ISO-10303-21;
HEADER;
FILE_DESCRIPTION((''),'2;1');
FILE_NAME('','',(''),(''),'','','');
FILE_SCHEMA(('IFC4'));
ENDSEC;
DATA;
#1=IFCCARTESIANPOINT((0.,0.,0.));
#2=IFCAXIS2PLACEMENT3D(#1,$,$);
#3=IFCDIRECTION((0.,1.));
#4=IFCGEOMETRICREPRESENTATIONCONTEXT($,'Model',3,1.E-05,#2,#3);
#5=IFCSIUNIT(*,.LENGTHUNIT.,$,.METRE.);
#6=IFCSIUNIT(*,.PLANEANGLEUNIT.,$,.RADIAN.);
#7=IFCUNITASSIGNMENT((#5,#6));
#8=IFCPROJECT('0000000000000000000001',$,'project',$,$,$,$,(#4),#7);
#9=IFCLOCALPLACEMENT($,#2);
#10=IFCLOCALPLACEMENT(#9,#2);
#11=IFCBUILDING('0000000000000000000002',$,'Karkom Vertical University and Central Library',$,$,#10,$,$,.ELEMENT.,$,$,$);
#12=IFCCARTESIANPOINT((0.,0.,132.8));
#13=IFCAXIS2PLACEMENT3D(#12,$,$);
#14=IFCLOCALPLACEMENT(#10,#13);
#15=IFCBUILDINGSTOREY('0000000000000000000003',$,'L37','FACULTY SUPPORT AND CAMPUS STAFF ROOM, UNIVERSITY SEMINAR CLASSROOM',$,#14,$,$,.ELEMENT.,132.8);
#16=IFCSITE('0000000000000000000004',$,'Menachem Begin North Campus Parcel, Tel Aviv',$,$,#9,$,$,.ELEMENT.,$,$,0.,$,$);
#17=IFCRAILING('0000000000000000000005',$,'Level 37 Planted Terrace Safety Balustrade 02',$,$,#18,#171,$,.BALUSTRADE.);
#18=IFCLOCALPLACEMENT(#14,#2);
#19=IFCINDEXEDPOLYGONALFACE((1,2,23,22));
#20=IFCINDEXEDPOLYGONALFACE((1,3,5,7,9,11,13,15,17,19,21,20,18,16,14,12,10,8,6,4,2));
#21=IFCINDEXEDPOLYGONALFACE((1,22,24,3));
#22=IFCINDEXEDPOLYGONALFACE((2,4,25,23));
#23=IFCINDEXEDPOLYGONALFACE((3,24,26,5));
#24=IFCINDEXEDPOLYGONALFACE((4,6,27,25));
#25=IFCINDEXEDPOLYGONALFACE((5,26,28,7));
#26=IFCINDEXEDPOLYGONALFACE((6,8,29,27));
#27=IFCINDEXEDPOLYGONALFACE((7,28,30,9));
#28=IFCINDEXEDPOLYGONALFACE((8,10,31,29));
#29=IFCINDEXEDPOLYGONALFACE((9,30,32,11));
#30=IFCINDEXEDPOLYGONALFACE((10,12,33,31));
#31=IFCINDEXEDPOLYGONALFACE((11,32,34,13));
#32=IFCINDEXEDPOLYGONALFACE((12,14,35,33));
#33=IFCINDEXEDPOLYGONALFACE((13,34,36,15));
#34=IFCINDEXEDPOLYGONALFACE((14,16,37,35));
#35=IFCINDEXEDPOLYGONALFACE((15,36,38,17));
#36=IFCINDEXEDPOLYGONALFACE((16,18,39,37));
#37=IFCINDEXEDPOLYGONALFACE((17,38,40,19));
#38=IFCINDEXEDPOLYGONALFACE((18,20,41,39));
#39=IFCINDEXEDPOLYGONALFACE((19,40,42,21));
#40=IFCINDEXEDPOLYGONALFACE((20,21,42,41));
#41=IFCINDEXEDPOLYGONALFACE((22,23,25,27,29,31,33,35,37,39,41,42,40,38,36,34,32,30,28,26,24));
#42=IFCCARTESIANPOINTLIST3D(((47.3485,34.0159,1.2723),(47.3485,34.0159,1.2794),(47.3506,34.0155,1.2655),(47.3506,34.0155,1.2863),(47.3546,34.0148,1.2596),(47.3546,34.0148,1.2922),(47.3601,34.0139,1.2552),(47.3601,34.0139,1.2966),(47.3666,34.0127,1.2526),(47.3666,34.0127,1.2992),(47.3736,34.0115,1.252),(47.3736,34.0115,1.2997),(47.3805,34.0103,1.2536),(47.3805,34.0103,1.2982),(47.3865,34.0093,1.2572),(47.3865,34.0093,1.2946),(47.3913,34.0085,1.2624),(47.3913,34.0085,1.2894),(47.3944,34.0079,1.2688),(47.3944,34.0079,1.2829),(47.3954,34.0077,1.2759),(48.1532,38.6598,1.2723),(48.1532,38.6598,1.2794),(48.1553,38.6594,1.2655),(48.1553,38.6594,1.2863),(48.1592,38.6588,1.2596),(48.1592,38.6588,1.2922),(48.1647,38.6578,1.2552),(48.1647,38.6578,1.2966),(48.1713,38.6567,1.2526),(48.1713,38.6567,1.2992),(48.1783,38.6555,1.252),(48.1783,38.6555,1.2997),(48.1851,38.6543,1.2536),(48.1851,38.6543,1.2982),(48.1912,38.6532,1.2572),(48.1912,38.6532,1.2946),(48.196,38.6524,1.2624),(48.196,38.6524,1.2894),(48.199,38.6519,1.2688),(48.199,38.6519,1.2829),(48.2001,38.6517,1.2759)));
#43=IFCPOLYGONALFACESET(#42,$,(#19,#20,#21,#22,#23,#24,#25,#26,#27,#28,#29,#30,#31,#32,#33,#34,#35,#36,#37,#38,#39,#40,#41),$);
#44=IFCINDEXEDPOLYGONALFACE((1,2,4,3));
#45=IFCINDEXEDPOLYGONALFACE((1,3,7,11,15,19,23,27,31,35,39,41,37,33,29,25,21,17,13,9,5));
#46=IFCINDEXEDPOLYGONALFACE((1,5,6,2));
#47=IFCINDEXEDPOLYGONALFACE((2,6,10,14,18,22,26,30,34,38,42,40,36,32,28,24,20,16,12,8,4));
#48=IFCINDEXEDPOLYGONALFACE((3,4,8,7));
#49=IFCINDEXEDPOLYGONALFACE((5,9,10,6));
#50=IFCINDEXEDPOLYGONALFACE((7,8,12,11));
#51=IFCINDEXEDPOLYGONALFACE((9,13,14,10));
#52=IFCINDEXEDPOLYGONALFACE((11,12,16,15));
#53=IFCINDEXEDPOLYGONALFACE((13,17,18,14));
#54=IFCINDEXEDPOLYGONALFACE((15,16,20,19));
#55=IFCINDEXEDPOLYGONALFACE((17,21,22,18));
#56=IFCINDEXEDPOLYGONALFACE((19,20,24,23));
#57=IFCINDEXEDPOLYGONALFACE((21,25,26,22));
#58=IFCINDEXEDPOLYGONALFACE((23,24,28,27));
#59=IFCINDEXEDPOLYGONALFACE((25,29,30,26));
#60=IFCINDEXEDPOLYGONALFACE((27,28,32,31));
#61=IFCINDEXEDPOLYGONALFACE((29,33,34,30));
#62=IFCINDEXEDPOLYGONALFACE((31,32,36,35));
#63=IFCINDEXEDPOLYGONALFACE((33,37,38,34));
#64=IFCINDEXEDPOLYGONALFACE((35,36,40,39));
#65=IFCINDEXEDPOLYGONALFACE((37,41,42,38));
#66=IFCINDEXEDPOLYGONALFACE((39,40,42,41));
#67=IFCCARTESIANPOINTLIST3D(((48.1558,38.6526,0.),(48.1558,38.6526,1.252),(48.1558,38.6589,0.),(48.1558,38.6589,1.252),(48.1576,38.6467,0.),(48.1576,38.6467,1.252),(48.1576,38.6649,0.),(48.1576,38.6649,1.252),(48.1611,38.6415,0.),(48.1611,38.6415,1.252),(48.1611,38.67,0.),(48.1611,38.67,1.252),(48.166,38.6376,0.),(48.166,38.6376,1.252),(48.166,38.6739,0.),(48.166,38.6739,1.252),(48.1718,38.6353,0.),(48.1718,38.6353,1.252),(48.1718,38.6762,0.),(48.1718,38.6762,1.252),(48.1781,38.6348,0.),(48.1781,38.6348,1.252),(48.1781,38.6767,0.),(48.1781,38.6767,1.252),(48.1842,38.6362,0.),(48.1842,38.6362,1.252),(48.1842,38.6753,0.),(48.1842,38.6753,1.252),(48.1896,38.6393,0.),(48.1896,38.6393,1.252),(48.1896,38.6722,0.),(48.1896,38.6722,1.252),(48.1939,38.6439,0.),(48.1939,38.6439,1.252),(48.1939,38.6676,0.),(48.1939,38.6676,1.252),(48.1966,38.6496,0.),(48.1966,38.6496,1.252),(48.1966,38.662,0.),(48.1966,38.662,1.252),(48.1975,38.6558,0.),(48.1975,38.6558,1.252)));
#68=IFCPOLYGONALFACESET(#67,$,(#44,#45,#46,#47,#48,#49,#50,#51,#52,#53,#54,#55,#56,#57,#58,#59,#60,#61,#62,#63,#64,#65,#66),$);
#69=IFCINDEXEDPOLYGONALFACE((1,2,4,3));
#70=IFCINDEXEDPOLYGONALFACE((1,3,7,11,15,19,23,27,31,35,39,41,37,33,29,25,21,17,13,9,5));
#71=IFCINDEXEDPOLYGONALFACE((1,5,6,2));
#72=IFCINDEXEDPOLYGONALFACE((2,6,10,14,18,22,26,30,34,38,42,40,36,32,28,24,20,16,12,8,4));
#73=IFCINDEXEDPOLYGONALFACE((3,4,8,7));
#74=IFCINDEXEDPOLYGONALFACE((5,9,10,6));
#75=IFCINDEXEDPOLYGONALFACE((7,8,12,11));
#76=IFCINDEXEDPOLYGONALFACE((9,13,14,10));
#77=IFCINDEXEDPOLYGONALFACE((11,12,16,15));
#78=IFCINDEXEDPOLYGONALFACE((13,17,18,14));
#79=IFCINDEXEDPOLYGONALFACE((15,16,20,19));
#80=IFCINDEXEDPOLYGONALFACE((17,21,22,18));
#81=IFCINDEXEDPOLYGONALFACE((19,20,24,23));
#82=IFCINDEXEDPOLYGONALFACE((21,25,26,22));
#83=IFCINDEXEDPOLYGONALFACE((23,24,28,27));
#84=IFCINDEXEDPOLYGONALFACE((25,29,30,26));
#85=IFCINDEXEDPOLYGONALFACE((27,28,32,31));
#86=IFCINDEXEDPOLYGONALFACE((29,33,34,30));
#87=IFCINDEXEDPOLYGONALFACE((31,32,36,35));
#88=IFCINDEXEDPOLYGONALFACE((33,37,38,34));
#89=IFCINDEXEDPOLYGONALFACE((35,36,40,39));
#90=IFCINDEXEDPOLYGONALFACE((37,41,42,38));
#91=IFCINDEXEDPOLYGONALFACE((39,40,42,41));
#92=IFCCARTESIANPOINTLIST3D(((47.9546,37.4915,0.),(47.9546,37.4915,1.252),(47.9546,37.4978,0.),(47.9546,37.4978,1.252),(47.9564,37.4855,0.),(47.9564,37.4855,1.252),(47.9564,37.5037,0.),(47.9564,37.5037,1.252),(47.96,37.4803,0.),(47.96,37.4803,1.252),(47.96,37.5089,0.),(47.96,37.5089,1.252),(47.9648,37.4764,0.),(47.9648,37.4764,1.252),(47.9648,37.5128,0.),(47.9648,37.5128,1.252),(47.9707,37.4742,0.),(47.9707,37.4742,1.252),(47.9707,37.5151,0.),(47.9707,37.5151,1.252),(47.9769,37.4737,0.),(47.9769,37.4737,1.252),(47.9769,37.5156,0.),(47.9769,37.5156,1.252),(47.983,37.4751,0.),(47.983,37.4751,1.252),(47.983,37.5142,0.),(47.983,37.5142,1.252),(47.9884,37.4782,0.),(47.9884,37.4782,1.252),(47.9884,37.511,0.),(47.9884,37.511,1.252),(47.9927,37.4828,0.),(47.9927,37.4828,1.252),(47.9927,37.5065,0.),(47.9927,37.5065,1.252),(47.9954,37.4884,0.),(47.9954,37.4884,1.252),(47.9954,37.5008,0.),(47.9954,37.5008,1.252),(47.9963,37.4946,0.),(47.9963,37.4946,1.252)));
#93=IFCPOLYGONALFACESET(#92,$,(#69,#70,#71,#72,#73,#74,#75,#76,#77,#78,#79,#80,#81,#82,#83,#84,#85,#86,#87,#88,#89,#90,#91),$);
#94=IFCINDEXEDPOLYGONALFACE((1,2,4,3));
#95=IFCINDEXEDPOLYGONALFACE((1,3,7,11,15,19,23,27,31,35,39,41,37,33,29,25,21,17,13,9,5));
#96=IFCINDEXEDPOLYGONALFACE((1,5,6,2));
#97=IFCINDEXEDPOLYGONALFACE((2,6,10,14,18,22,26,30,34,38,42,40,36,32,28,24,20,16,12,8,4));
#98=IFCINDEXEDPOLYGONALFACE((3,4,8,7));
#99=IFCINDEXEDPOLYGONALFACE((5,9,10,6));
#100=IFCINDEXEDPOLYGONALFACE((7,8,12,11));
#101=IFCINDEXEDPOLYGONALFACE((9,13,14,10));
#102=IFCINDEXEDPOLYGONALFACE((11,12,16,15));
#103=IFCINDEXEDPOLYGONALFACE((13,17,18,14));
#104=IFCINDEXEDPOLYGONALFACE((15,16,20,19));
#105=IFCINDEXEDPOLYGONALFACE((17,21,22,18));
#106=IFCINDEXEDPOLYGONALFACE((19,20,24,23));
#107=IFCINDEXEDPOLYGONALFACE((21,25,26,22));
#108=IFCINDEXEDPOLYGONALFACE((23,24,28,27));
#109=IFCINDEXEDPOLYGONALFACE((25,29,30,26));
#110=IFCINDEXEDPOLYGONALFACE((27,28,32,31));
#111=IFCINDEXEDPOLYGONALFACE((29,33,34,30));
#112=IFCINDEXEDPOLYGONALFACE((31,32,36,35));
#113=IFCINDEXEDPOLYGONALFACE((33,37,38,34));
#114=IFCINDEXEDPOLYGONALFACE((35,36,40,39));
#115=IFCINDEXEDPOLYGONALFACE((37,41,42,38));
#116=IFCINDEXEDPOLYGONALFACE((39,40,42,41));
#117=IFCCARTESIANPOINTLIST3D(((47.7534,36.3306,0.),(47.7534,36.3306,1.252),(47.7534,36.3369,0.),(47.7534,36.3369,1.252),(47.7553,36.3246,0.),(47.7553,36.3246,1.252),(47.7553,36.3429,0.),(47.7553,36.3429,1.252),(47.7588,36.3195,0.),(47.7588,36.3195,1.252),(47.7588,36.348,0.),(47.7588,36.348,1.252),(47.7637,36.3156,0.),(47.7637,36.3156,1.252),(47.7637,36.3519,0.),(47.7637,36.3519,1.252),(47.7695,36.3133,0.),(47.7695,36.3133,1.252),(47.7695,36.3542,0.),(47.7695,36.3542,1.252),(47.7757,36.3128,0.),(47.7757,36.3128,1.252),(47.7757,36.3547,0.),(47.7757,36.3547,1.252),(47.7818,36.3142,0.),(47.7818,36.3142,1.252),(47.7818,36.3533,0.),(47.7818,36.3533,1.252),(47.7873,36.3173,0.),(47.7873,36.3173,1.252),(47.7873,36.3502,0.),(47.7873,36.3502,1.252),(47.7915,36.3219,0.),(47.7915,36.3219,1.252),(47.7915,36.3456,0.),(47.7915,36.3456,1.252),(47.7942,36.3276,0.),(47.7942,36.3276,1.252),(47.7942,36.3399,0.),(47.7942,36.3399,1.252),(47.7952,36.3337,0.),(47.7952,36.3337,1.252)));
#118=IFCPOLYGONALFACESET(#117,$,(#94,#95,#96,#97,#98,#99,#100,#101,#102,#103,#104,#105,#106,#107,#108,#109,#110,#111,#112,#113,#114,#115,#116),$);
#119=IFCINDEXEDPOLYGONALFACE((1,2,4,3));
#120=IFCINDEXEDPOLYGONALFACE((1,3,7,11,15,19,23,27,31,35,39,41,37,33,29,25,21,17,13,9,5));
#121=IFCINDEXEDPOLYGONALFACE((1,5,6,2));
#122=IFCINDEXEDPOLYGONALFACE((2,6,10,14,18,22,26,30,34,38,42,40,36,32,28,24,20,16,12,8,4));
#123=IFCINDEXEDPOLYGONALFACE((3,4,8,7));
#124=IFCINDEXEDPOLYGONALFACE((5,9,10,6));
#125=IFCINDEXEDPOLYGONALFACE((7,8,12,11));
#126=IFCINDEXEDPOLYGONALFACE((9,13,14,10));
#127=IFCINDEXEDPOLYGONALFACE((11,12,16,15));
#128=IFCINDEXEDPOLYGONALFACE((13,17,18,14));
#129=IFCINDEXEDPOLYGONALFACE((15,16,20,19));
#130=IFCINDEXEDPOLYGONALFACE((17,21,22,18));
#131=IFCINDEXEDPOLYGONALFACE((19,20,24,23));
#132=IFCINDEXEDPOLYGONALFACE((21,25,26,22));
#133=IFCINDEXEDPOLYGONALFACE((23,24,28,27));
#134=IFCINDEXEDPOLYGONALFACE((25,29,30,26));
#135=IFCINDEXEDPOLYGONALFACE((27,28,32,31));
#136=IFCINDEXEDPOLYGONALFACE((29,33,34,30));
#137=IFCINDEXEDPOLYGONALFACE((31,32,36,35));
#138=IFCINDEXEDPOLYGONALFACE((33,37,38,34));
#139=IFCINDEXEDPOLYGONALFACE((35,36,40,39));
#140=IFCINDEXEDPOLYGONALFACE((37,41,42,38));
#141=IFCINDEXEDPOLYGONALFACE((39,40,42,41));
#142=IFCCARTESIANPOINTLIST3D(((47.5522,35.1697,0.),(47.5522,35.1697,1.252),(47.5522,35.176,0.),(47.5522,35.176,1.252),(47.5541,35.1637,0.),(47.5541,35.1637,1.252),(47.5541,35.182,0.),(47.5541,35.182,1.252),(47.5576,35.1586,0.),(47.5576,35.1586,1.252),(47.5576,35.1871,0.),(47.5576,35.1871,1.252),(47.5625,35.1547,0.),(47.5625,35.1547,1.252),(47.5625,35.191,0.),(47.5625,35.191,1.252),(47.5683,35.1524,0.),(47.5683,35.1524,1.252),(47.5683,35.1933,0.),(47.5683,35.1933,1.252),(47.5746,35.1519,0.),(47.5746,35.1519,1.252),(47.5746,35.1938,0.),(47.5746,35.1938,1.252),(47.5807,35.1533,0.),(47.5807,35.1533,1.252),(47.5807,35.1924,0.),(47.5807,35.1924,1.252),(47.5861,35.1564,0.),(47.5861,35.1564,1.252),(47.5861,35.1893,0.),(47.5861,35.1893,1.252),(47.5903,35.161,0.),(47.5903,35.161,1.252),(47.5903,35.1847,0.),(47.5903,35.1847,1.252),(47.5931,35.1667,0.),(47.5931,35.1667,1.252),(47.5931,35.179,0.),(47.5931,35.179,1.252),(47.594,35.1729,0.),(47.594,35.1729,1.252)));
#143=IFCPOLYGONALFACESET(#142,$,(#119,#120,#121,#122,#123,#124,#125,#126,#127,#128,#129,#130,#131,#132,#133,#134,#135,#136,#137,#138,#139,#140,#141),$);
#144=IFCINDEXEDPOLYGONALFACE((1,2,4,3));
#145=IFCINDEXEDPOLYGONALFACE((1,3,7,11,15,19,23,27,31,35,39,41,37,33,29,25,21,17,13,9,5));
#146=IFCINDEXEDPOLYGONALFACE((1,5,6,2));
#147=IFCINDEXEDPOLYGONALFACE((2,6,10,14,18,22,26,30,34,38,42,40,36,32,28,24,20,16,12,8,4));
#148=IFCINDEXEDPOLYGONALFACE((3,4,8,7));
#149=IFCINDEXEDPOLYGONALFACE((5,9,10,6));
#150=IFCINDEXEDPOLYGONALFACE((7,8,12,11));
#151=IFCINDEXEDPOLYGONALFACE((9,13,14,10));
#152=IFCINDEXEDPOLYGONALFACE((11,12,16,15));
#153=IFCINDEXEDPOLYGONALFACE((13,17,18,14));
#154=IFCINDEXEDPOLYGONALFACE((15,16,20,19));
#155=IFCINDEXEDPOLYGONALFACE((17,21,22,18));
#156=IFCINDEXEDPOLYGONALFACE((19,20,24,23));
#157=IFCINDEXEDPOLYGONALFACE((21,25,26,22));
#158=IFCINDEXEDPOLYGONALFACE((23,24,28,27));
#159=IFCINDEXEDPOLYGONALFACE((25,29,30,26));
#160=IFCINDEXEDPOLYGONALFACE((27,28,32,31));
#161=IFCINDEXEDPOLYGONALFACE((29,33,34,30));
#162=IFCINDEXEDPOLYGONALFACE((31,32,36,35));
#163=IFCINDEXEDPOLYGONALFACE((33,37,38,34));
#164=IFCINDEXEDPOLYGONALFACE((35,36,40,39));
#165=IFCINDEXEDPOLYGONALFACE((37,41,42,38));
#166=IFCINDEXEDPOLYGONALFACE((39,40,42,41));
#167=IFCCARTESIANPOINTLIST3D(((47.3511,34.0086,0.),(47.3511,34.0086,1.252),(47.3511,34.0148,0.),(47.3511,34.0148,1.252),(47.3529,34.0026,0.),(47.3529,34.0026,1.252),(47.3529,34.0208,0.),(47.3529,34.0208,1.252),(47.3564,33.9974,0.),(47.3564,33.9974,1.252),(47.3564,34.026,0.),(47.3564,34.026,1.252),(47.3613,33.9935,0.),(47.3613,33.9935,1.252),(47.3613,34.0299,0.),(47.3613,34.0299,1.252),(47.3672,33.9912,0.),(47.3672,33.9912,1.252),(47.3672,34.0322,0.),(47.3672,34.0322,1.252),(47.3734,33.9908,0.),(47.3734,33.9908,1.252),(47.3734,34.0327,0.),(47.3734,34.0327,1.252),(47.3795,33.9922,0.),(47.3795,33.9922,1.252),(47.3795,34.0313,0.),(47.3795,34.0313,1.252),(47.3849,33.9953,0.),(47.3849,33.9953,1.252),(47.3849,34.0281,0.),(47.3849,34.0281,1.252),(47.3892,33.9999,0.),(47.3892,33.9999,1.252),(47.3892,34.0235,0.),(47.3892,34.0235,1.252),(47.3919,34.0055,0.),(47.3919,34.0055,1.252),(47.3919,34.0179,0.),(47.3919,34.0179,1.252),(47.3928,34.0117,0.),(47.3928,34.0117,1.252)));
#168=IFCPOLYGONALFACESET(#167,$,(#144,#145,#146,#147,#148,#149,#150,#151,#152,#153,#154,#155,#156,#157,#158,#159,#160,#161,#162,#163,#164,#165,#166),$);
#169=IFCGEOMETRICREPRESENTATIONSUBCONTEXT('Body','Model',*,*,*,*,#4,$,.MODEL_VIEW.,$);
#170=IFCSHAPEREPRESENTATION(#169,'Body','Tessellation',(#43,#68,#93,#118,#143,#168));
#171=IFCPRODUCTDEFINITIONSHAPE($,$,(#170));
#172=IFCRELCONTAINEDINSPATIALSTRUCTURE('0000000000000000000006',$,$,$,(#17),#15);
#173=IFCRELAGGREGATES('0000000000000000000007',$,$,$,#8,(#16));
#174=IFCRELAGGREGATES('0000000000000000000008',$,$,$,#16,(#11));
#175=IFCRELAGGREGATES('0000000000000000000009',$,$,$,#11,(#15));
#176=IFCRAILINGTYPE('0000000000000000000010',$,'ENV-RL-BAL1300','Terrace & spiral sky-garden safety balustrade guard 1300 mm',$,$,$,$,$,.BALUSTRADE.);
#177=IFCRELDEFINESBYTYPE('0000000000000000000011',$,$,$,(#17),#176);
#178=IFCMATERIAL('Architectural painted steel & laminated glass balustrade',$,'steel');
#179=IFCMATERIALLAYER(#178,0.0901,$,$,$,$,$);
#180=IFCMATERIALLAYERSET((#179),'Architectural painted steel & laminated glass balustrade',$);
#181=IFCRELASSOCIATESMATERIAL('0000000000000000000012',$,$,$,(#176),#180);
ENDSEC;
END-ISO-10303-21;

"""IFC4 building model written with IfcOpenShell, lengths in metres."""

from ifc_helpers import new_model, si_unit, direction, frame, origin, origin_2d, place, context, subcontext, project, spatial, circle, extrude, material, layer, layer_set, type_object, element, save


model = new_model("IFC4")

# Units and contexts
model_context = context("Model", 3, precision=1e-05, world=origin(), true_north=direction((0.0, 1.0)))
body_context = subcontext(model_context, "Body", "Model", "MODEL_VIEW")
ifc_project = project(units=[si_unit("LENGTHUNIT", "METRE"), si_unit("PLANEANGLEUNIT", "RADIAN")], contexts=[model_context])

# Site, building, storey
site_placement = place(None, origin())
site = spatial("IfcSite", under=ifc_project, at=site_placement, Name="Menachem Begin North Campus Parcel, Tel Aviv", CompositionType="ELEMENT", RefElevation=0.0)
building_placement = place(site_placement, origin())
building = spatial("IfcBuilding", under=site, at=building_placement, Name="Karkom Vertical University and Central Library", CompositionType="ELEMENT")
storey_placement = place(building_placement, frame((0.0, 0.0, 132.8)))
storey = spatial("IfcBuildingStorey", under=building, at=storey_placement, Name="L37", Description="FACULTY SUPPORT AND CAMPUS STAFF ROOM, UNIVERSITY SEMINAR CLASSROOM", CompositionType="ELEMENT", Elevation=132.8)

# Railing
ifc_material_1 = material(Name="Architectural painted steel & laminated glass balustrade", Category="steel")
ifc_layer_1 = layer(ifc_material_1, 0.0901)
ifc_layer_set_1 = layer_set([ifc_layer_1], Name="Architectural painted steel & laminated glass balustrade")
railing_type = type_object("IfcRailingType", Name="ENV-RL-BAL1300", Description="Terrace & spiral sky-garden safety balustrade guard 1300 mm", PredefinedType="BALUSTRADE", material=ifc_layer_set_1)
railing_1_placement = place(storey_placement, frame((48.1765, 38.6558, 0.0)))
element("IfcRailing", 1, at=railing_1_placement, inside=storey, type_object=railing_type, Name="Level 37 Planted Terrace Safety Balustrade 02", PredefinedType="BALUSTRADE", context=body_context, shape_type="SweptSolid", body=[
    extrude(circle(Radius=0.0239, at=origin_2d()), frame((0.0, 0.0, 1.2759), z_axis=(-0.170729, -0.985318, 0.0), x_axis=(0.985318, -0.170729, 0.0)), (0.0, 0.0, 1.0), 4.7131),
    extrude(circle(Radius=0.021, at=origin_2d()), origin(), (0.0, 0.0, 1.0), 1.252),
    extrude(circle(Radius=0.021, at=origin_2d()), frame((-0.2012, -1.1611, 0.0)), (0.0, 0.0, 1.0), 1.252),
    extrude(circle(Radius=0.021, at=origin_2d()), frame((-0.4023, -2.322, 0.0)), (0.0, 0.0, 1.0), 1.252),
    extrude(circle(Radius=0.021, at=origin_2d()), frame((-0.6035, -3.4829, 0.0)), (0.0, 0.0, 1.0), 1.252),
    extrude(circle(Radius=0.021, at=origin_2d()), frame((-0.8047, -4.644, 0.0)), (0.0, 0.0, 1.0), 1.252),
])

save(model, "model.ifc")
